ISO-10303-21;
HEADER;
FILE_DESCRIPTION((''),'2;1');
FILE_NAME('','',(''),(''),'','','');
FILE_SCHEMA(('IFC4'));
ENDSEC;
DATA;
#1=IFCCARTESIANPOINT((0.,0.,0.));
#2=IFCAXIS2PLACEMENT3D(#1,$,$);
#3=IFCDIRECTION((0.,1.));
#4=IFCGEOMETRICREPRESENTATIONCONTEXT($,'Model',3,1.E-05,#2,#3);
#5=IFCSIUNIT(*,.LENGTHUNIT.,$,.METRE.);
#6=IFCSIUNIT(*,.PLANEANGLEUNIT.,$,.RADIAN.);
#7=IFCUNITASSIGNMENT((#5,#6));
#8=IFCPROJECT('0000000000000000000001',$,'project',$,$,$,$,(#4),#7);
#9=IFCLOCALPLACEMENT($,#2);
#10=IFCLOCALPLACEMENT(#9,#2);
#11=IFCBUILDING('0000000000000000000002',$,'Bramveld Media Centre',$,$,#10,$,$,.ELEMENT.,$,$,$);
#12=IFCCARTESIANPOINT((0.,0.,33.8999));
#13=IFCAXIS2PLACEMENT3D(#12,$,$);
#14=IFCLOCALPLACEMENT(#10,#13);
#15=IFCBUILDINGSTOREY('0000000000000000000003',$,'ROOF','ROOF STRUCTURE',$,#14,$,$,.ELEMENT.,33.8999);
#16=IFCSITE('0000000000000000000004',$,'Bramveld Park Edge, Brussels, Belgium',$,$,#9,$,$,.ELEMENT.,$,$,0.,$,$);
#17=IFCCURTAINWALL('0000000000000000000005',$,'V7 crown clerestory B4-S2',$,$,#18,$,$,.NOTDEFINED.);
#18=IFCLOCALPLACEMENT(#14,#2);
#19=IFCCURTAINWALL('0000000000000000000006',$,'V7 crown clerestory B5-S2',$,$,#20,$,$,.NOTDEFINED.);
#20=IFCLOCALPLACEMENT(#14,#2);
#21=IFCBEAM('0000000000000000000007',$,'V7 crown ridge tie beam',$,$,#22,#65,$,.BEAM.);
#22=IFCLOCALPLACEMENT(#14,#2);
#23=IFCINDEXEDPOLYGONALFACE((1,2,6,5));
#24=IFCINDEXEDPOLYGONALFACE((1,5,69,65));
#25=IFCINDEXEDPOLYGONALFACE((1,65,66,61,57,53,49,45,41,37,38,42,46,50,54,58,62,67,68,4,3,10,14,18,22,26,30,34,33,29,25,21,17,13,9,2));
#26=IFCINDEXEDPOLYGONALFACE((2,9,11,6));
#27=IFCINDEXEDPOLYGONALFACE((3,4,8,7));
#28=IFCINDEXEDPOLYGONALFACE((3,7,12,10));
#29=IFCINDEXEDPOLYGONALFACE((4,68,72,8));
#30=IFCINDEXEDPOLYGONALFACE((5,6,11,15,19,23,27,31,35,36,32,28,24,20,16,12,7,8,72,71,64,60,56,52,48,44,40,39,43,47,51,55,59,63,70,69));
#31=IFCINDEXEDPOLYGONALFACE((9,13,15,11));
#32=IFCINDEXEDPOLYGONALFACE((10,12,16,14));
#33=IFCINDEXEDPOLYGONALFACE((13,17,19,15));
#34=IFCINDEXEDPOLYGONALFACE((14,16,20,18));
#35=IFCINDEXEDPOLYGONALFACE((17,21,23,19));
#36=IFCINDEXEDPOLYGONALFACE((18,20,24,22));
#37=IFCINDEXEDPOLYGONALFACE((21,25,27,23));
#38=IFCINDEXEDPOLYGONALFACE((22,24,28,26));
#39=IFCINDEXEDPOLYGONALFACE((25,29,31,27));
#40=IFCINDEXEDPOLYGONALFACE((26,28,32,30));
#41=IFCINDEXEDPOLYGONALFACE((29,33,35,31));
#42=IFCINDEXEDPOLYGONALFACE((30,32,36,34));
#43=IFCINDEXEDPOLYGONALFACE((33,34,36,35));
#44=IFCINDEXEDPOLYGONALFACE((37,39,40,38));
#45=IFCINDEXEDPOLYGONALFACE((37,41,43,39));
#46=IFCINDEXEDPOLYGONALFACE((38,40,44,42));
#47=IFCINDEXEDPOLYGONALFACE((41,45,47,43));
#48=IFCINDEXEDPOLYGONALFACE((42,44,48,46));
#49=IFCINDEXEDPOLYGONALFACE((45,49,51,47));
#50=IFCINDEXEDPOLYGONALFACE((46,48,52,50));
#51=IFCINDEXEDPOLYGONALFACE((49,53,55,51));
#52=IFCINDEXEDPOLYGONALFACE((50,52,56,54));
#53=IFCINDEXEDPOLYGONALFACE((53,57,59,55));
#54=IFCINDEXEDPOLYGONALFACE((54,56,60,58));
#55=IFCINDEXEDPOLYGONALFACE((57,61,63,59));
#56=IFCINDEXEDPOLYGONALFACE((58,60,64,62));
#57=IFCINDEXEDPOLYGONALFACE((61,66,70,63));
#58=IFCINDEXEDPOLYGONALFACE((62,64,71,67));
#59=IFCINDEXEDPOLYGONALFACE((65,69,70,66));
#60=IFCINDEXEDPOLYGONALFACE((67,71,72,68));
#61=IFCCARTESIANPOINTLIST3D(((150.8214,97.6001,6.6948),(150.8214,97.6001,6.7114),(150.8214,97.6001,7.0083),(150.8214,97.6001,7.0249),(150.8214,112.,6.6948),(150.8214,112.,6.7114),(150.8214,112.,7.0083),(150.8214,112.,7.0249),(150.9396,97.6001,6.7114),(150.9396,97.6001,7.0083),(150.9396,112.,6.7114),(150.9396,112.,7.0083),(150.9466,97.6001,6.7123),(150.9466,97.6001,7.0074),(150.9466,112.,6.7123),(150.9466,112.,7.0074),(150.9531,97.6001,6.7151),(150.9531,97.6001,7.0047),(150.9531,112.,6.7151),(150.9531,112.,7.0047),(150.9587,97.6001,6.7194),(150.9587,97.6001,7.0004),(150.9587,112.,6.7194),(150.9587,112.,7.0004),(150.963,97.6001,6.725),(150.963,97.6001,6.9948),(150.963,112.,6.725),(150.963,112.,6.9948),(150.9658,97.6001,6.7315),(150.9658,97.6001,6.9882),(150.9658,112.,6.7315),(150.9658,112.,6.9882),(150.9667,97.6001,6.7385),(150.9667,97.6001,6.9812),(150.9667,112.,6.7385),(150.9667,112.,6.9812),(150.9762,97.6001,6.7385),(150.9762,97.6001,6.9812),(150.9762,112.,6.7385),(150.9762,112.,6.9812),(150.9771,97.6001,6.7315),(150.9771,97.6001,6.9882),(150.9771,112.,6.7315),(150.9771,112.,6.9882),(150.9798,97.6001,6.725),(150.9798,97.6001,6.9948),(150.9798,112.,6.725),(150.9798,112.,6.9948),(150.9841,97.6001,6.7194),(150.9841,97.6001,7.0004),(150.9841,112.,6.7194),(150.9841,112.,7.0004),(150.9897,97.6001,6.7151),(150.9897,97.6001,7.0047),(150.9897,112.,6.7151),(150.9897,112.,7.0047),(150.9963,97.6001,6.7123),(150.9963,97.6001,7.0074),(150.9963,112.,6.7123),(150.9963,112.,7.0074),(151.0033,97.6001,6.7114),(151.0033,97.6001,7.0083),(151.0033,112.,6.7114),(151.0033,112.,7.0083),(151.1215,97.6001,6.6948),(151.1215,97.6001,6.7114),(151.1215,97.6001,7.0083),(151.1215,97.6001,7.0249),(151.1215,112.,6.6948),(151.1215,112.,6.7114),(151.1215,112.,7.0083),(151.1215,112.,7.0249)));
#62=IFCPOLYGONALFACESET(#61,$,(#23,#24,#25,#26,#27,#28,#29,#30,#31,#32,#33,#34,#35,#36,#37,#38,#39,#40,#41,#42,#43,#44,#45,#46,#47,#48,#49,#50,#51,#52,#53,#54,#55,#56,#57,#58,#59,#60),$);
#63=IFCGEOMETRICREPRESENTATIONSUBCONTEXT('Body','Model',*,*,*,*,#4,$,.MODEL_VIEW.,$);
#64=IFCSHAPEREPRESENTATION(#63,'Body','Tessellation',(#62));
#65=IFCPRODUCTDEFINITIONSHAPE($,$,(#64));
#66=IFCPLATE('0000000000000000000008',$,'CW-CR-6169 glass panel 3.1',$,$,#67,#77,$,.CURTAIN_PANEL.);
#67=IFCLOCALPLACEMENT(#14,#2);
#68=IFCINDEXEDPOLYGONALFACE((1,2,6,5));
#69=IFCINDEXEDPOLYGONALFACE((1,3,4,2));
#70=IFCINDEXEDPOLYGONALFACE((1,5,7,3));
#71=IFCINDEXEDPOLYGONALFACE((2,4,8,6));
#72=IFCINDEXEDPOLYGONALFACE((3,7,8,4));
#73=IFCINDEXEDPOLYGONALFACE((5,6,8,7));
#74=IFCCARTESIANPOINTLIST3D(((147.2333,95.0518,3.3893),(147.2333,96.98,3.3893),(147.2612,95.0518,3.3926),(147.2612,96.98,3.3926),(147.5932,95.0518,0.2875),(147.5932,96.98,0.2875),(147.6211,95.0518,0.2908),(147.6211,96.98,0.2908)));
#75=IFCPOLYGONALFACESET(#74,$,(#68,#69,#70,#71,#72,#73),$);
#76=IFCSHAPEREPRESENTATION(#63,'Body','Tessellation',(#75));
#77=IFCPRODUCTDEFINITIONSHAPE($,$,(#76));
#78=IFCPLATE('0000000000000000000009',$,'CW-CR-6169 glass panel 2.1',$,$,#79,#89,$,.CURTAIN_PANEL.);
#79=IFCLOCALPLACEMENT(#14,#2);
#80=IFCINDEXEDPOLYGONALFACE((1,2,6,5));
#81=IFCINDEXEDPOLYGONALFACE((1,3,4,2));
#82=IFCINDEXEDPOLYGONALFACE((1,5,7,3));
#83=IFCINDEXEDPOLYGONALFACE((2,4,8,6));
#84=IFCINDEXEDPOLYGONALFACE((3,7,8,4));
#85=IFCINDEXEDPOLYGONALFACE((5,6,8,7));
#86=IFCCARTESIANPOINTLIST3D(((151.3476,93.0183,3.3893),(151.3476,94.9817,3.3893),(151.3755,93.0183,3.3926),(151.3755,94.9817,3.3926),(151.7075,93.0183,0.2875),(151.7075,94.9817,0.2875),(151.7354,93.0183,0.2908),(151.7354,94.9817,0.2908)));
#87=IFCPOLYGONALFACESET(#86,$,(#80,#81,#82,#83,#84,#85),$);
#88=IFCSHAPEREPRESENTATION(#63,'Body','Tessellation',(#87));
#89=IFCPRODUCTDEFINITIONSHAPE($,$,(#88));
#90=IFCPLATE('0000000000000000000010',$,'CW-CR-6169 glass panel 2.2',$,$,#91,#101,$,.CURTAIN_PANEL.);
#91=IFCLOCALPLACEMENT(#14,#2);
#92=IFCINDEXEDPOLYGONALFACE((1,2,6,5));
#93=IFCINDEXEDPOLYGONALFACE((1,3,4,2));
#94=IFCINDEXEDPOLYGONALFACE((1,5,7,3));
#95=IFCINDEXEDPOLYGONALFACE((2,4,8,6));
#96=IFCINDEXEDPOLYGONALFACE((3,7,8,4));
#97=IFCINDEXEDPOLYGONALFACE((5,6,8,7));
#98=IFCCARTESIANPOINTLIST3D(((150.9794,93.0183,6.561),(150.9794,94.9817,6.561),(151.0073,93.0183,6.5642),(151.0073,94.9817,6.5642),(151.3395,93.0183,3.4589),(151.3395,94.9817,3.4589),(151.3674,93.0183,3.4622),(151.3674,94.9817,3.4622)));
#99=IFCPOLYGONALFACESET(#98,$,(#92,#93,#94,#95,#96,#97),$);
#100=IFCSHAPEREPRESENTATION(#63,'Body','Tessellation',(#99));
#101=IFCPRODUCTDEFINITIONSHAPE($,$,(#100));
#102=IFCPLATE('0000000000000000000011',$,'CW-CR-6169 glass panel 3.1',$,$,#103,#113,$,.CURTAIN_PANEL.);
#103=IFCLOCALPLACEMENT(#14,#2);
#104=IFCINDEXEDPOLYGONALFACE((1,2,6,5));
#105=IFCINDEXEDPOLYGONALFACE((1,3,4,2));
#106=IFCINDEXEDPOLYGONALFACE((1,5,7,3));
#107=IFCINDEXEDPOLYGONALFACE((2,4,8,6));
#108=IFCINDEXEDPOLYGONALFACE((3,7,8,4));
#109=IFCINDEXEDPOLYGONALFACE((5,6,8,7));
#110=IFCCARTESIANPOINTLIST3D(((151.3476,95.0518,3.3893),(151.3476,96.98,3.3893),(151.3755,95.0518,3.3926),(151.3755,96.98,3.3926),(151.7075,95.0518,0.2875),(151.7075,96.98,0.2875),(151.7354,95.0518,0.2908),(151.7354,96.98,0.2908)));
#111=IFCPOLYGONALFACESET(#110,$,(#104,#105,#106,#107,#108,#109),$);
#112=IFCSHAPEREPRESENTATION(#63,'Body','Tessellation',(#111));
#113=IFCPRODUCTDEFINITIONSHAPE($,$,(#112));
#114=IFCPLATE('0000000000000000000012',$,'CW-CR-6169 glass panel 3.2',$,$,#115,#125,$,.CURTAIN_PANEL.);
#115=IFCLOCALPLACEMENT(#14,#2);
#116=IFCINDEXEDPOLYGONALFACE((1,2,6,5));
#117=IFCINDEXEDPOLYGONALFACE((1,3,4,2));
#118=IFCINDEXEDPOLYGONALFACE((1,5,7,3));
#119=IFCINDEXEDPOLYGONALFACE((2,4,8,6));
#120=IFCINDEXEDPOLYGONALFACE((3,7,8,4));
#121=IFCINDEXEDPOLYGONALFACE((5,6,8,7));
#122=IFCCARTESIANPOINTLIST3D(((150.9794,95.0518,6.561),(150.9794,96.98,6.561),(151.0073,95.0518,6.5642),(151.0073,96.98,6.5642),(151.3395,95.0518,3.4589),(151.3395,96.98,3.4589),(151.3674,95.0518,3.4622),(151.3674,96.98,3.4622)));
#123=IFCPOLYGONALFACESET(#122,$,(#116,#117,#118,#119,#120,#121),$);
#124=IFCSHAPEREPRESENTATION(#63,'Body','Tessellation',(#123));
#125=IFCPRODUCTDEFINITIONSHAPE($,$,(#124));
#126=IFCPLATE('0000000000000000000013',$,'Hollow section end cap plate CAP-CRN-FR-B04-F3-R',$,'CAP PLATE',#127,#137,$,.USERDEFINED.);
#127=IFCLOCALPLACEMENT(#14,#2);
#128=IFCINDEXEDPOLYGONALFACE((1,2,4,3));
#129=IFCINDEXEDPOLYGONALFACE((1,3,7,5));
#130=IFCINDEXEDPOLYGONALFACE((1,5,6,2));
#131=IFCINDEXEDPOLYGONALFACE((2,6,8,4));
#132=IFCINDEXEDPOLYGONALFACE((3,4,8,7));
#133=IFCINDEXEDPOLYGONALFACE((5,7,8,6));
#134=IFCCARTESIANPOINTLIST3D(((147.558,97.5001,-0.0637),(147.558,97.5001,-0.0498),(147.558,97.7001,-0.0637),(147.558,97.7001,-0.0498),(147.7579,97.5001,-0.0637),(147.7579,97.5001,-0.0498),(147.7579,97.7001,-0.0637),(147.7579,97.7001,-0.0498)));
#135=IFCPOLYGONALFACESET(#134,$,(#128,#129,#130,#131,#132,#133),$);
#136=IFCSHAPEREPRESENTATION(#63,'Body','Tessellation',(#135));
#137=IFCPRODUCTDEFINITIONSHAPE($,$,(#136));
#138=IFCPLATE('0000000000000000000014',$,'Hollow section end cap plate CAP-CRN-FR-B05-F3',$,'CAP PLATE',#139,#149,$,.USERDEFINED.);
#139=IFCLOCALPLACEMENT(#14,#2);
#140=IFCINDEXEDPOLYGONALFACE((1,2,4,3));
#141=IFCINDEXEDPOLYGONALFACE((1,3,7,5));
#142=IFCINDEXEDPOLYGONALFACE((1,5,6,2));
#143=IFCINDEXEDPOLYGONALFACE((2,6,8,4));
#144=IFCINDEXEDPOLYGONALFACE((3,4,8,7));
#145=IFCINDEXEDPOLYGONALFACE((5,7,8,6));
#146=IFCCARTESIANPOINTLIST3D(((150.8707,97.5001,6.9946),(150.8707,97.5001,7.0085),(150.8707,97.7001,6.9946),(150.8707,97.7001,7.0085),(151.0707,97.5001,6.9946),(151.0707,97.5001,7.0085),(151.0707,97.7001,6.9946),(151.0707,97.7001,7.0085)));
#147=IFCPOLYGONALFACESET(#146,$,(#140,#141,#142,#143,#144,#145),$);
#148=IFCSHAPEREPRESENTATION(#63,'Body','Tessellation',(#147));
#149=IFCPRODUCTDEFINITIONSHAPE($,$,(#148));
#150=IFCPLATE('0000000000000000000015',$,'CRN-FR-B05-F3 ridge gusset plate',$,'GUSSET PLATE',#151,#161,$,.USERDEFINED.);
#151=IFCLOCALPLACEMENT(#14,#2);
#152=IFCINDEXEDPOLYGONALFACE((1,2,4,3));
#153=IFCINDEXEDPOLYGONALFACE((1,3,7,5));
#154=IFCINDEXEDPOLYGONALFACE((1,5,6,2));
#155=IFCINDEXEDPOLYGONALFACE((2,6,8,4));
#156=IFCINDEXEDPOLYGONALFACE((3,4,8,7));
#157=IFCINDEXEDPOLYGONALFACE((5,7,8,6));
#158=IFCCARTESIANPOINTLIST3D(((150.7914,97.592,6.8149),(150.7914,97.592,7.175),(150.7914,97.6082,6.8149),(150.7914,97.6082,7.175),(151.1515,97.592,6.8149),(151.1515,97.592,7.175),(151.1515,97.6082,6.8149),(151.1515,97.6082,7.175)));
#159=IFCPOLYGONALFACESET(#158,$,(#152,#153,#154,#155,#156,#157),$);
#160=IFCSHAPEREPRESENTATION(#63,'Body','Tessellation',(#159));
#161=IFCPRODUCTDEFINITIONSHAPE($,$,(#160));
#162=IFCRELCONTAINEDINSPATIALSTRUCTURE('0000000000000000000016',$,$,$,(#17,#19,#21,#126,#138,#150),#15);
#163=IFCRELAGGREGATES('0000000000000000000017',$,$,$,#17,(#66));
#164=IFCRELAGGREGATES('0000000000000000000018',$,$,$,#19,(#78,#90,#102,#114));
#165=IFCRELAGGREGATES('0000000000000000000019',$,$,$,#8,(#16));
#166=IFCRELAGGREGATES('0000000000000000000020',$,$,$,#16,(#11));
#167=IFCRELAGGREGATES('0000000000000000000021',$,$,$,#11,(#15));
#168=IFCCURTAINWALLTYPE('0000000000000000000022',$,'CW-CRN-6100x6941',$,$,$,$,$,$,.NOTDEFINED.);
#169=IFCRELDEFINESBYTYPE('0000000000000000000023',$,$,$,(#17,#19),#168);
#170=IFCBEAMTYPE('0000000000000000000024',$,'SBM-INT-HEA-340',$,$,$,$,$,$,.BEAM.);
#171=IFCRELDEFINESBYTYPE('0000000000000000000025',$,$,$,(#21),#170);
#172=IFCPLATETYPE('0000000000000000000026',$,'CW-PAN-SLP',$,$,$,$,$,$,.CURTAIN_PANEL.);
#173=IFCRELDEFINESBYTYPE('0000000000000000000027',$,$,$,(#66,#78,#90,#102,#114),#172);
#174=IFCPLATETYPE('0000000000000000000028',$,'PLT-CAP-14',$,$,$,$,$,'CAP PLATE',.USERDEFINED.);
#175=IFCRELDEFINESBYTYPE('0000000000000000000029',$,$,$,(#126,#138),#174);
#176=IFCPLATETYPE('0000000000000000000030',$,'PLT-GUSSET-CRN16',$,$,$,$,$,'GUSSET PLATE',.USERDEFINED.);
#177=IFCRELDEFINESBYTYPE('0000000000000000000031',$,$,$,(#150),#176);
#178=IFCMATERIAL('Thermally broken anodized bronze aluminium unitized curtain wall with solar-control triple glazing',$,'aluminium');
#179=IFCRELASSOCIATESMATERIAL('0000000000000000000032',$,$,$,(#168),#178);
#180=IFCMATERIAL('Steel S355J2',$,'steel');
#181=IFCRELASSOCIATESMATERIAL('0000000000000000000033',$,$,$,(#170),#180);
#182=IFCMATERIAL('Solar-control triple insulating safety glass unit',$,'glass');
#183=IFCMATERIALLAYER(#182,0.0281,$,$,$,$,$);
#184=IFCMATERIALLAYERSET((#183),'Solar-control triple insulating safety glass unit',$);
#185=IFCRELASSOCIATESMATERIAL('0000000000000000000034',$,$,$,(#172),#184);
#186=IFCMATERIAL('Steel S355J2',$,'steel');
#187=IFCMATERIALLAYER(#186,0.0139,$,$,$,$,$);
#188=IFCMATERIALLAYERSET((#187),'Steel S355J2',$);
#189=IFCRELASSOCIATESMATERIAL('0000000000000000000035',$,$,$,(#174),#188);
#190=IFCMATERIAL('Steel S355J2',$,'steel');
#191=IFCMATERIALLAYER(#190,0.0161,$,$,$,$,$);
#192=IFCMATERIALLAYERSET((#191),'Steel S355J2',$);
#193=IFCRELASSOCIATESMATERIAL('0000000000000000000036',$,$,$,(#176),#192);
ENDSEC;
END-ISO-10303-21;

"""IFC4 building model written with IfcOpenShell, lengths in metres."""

from ifc_helpers import new_model, si_unit, direction, frame, origin, origin_2d, place, context, subcontext, project, spatial, polyline, rectangle, i_section, outline, extrude, material, layer, layer_set, material_profile, profile_set, type_object, element, aggregate, save


model = new_model("IFC4")

# Units and contexts
model_context = context("Model", 3, precision=1e-05, world=origin(), true_north=direction((0.0, 1.0)))
body_context = subcontext(model_context, "Body", "Model", "MODEL_VIEW")
ifc_project = project(units=[si_unit("LENGTHUNIT", "METRE"), si_unit("PLANEANGLEUNIT", "RADIAN")], contexts=[model_context])

# Site, building, storey
site_placement = place(None, origin())
site = spatial("IfcSite", under=ifc_project, at=site_placement, Name="Bramveld Park Edge, Brussels, Belgium", CompositionType="ELEMENT", RefElevation=0.0)
building_placement = place(site_placement, origin())
building = spatial("IfcBuilding", under=site, at=building_placement, Name="Bramveld Media Centre", CompositionType="ELEMENT")
storey_placement = place(building_placement, frame((0.0, 0.0, 33.8999)))
storey = spatial("IfcBuildingStorey", under=building, at=storey_placement, Name="ROOF", Description="ROOF STRUCTURE", CompositionType="ELEMENT", Elevation=33.8999)

# Curtain walls
ifc_material_1 = material(Name="Thermally broken anodized bronze aluminium unitized curtain wall with solar-control triple glazing", Category="aluminium")
curtain_wall_type = type_object("IfcCurtainWallType", Name="CW-CRN-6100x6941", PredefinedType="NOTDEFINED", material=ifc_material_1)
curtain_wall_1_placement = place(storey_placement, origin())
curtain_wall_1 = element("IfcCurtainWall", 1, at=curtain_wall_1_placement, inside=storey, type_object=curtain_wall_type, Name="V7 crown clerestory B4-S2", PredefinedType="NOTDEFINED")
curtain_wall_2_placement = place(storey_placement, origin())
curtain_wall_2 = element("IfcCurtainWall", 2, at=curtain_wall_2_placement, inside=storey, type_object=curtain_wall_type, Name="V7 crown clerestory B5-S2", PredefinedType="NOTDEFINED")

# Beam
ifc_material_2 = material(Name="Steel S355J2", Category="steel")
ifc_material_profile_1 = material_profile(ifc_material_2, i_section(OverallWidth=0.3, OverallDepth=0.3301, WebThickness=0.0095, FlangeThickness=0.0166, FilletRadius=0.0271, at=origin_2d()), Name="HEA 340")
ifc_profile_set_1 = profile_set([ifc_material_profile_1], Name="Steel S355J2")
beam_type = type_object("IfcBeamType", Name="SBM-INT-HEA-340", PredefinedType="BEAM", material=ifc_profile_set_1)
beam_placement = place(storey_placement, frame((150.9714, 97.6001, 6.8599), z_axis=(0.0, 1.0, 0.0), x_axis=(-1.0, 0.0, 0.0)))
element("IfcBeam", 3, at=beam_placement, inside=storey, type_object=beam_type, Name="V7 crown ridge tie beam", PredefinedType="BEAM", context=body_context, shape_type="SweptSolid", body=[
    extrude(i_section(OverallWidth=0.3, OverallDepth=0.3301, WebThickness=0.0095, FlangeThickness=0.0166, FilletRadius=0.0271, at=origin_2d()), origin(), (0.0, 0.0, 1.0), 14.3999),
])

# Plates
ifc_material_3 = material(Name="Solar-control triple insulating safety glass unit", Category="glass")
ifc_layer_1 = layer(ifc_material_3, 0.0281)
ifc_layer_set_1 = layer_set([ifc_layer_1], Name="Solar-control triple insulating safety glass unit")
plate_type_1 = type_object("IfcPlateType", Name="CW-PAN-SLP", PredefinedType="CURTAIN_PANEL", material=ifc_layer_set_1)
plate_1_placement = place(storey_placement, frame((147.6211, 95.0518, 0.2908), z_axis=(0.993337, 0.0, 0.115244), x_axis=(0.0, 1.0, 0.0)))
plate_1 = element("IfcPlate", 4, at=plate_1_placement, type_object=plate_type_1, Name="CW-CR-6169 glass panel 3.1", PredefinedType="CURTAIN_PANEL", context=body_context, shape_type="SweptSolid", body=[
    extrude(outline(polyline([(0.0, 0.0), (1.9282, 0.0), (1.9282, 3.1226), (0.0, 3.1226), (0.0, 0.0)])), origin(), (0.0, 0.0, -1.0), 0.0281),
])
aggregate(curtain_wall_1, [plate_1])
plate_2_placement = place(storey_placement, frame((151.7354, 93.0183, 0.2908), z_axis=(0.993337, 0.0, 0.115244), x_axis=(0.0, 1.0, 0.0)))
plate_2 = element("IfcPlate", 5, at=plate_2_placement, type_object=plate_type_1, Name="CW-CR-6169 glass panel 2.1", PredefinedType="CURTAIN_PANEL", context=body_context, shape_type="SweptSolid", body=[
    extrude(outline(polyline([(0.0, 0.0), (1.9634, 0.0), (1.9634, 3.1226), (0.0, 3.1226), (0.0, 0.0)])), origin(), (0.0, 0.0, -1.0), 0.0281),
])
plate_3_placement = place(storey_placement, frame((151.3674, 93.0183, 3.4622), z_axis=(0.993329, 0.0, 0.115313), x_axis=(0.0, 1.0, 0.0)))
plate_3 = element("IfcPlate", 6, at=plate_3_placement, type_object=plate_type_1, Name="CW-CR-6169 glass panel 2.2", PredefinedType="CURTAIN_PANEL", context=body_context, shape_type="SweptSolid", body=[
    extrude(outline(polyline([(0.0, 0.0), (1.9634, 0.0), (1.9634, 3.1229), (0.0, 3.1229), (0.0, 0.0)])), origin(), (0.0, 0.0, -1.0), 0.0281),
])
plate_4_placement = place(storey_placement, frame((151.7354, 95.0518, 0.2908), z_axis=(0.993337, 0.0, 0.115244), x_axis=(0.0, 1.0, 0.0)))
plate_4 = element("IfcPlate", 7, at=plate_4_placement, type_object=plate_type_1, Name="CW-CR-6169 glass panel 3.1", PredefinedType="CURTAIN_PANEL", context=body_context, shape_type="SweptSolid", body=[
    extrude(outline(polyline([(0.0, 0.0), (1.9282, 0.0), (1.9282, 3.1226), (0.0, 3.1226), (0.0, 0.0)])), origin(), (0.0, 0.0, -1.0), 0.0281),
])
plate_5_placement = place(storey_placement, frame((151.3674, 95.0518, 3.4622), z_axis=(0.993329, 0.0, 0.115313), x_axis=(0.0, 1.0, 0.0)))
plate_5 = element("IfcPlate", 8, at=plate_5_placement, type_object=plate_type_1, Name="CW-CR-6169 glass panel 3.2", PredefinedType="CURTAIN_PANEL", context=body_context, shape_type="SweptSolid", body=[
    extrude(outline(polyline([(0.0, 0.0), (1.9282, 0.0), (1.9282, 3.1229), (0.0, 3.1229), (0.0, 0.0)])), origin(), (0.0, 0.0, -1.0), 0.0281),
])
aggregate(curtain_wall_2, [plate_2, plate_3, plate_4, plate_5])

# Plates
ifc_material_4 = material(Name="Steel S355J2", Category="steel")
ifc_layer_2 = layer(ifc_material_4, 0.0139)
ifc_layer_set_2 = layer_set([ifc_layer_2], Name="Steel S355J2")
plate_type_2 = type_object("IfcPlateType", Name="PLT-CAP-14", ElementType="CAP PLATE", PredefinedType="USERDEFINED", material=ifc_layer_set_2)
for number, where, z_axis, x_axis, name in (
    (9, (147.658, 97.6001, -0.0498), (0.0, 0.0, -1.0), (1.0, 0.0, 0.0), "Hollow section end cap plate CAP-CRN-FR-B04-F3-R"),
    (10, (150.9707, 97.6001, 6.9946), (0.0, 0.0, 1.0), (1.0, 0.0, 0.0), "Hollow section end cap plate CAP-CRN-FR-B05-F3"),
):
    element("IfcPlate", number, at=place(storey_placement, frame(where, z_axis=z_axis, x_axis=x_axis)), inside=storey, type_object=plate_type_2, Name=name, ObjectType="CAP PLATE", PredefinedType="USERDEFINED", context=body_context, shape_type="SweptSolid", body=[
        extrude(rectangle(XDim=0.2, YDim=0.2, at=origin_2d()), origin(), (0.0, 0.0, 1.0), 0.0139),
    ])
ifc_material_5 = material(Name="Steel S355J2", Category="steel")
ifc_layer_3 = layer(ifc_material_5, 0.0161)
ifc_layer_set_3 = layer_set([ifc_layer_3], Name="Steel S355J2")
plate_type_3 = type_object("IfcPlateType", Name="PLT-GUSSET-CRN16", ElementType="GUSSET PLATE", PredefinedType="USERDEFINED", material=ifc_layer_set_3)
plate_6_placement = place(storey_placement, frame((150.9714, 97.6001, 6.8149), z_axis=(0.0, 0.0, 1.0), x_axis=(1.0, 0.0, 0.0)))
element("IfcPlate", 11, at=plate_6_placement, inside=storey, type_object=plate_type_3, Name="CRN-FR-B05-F3 ridge gusset plate", ObjectType="GUSSET PLATE", PredefinedType="USERDEFINED", context=body_context, shape_type="SweptSolid", body=[
    extrude(rectangle(XDim=0.3601, YDim=0.0161, at=origin_2d()), origin(), (0.0, 0.0, 1.0), 0.3601),
])

save(model, "model.ifc")
